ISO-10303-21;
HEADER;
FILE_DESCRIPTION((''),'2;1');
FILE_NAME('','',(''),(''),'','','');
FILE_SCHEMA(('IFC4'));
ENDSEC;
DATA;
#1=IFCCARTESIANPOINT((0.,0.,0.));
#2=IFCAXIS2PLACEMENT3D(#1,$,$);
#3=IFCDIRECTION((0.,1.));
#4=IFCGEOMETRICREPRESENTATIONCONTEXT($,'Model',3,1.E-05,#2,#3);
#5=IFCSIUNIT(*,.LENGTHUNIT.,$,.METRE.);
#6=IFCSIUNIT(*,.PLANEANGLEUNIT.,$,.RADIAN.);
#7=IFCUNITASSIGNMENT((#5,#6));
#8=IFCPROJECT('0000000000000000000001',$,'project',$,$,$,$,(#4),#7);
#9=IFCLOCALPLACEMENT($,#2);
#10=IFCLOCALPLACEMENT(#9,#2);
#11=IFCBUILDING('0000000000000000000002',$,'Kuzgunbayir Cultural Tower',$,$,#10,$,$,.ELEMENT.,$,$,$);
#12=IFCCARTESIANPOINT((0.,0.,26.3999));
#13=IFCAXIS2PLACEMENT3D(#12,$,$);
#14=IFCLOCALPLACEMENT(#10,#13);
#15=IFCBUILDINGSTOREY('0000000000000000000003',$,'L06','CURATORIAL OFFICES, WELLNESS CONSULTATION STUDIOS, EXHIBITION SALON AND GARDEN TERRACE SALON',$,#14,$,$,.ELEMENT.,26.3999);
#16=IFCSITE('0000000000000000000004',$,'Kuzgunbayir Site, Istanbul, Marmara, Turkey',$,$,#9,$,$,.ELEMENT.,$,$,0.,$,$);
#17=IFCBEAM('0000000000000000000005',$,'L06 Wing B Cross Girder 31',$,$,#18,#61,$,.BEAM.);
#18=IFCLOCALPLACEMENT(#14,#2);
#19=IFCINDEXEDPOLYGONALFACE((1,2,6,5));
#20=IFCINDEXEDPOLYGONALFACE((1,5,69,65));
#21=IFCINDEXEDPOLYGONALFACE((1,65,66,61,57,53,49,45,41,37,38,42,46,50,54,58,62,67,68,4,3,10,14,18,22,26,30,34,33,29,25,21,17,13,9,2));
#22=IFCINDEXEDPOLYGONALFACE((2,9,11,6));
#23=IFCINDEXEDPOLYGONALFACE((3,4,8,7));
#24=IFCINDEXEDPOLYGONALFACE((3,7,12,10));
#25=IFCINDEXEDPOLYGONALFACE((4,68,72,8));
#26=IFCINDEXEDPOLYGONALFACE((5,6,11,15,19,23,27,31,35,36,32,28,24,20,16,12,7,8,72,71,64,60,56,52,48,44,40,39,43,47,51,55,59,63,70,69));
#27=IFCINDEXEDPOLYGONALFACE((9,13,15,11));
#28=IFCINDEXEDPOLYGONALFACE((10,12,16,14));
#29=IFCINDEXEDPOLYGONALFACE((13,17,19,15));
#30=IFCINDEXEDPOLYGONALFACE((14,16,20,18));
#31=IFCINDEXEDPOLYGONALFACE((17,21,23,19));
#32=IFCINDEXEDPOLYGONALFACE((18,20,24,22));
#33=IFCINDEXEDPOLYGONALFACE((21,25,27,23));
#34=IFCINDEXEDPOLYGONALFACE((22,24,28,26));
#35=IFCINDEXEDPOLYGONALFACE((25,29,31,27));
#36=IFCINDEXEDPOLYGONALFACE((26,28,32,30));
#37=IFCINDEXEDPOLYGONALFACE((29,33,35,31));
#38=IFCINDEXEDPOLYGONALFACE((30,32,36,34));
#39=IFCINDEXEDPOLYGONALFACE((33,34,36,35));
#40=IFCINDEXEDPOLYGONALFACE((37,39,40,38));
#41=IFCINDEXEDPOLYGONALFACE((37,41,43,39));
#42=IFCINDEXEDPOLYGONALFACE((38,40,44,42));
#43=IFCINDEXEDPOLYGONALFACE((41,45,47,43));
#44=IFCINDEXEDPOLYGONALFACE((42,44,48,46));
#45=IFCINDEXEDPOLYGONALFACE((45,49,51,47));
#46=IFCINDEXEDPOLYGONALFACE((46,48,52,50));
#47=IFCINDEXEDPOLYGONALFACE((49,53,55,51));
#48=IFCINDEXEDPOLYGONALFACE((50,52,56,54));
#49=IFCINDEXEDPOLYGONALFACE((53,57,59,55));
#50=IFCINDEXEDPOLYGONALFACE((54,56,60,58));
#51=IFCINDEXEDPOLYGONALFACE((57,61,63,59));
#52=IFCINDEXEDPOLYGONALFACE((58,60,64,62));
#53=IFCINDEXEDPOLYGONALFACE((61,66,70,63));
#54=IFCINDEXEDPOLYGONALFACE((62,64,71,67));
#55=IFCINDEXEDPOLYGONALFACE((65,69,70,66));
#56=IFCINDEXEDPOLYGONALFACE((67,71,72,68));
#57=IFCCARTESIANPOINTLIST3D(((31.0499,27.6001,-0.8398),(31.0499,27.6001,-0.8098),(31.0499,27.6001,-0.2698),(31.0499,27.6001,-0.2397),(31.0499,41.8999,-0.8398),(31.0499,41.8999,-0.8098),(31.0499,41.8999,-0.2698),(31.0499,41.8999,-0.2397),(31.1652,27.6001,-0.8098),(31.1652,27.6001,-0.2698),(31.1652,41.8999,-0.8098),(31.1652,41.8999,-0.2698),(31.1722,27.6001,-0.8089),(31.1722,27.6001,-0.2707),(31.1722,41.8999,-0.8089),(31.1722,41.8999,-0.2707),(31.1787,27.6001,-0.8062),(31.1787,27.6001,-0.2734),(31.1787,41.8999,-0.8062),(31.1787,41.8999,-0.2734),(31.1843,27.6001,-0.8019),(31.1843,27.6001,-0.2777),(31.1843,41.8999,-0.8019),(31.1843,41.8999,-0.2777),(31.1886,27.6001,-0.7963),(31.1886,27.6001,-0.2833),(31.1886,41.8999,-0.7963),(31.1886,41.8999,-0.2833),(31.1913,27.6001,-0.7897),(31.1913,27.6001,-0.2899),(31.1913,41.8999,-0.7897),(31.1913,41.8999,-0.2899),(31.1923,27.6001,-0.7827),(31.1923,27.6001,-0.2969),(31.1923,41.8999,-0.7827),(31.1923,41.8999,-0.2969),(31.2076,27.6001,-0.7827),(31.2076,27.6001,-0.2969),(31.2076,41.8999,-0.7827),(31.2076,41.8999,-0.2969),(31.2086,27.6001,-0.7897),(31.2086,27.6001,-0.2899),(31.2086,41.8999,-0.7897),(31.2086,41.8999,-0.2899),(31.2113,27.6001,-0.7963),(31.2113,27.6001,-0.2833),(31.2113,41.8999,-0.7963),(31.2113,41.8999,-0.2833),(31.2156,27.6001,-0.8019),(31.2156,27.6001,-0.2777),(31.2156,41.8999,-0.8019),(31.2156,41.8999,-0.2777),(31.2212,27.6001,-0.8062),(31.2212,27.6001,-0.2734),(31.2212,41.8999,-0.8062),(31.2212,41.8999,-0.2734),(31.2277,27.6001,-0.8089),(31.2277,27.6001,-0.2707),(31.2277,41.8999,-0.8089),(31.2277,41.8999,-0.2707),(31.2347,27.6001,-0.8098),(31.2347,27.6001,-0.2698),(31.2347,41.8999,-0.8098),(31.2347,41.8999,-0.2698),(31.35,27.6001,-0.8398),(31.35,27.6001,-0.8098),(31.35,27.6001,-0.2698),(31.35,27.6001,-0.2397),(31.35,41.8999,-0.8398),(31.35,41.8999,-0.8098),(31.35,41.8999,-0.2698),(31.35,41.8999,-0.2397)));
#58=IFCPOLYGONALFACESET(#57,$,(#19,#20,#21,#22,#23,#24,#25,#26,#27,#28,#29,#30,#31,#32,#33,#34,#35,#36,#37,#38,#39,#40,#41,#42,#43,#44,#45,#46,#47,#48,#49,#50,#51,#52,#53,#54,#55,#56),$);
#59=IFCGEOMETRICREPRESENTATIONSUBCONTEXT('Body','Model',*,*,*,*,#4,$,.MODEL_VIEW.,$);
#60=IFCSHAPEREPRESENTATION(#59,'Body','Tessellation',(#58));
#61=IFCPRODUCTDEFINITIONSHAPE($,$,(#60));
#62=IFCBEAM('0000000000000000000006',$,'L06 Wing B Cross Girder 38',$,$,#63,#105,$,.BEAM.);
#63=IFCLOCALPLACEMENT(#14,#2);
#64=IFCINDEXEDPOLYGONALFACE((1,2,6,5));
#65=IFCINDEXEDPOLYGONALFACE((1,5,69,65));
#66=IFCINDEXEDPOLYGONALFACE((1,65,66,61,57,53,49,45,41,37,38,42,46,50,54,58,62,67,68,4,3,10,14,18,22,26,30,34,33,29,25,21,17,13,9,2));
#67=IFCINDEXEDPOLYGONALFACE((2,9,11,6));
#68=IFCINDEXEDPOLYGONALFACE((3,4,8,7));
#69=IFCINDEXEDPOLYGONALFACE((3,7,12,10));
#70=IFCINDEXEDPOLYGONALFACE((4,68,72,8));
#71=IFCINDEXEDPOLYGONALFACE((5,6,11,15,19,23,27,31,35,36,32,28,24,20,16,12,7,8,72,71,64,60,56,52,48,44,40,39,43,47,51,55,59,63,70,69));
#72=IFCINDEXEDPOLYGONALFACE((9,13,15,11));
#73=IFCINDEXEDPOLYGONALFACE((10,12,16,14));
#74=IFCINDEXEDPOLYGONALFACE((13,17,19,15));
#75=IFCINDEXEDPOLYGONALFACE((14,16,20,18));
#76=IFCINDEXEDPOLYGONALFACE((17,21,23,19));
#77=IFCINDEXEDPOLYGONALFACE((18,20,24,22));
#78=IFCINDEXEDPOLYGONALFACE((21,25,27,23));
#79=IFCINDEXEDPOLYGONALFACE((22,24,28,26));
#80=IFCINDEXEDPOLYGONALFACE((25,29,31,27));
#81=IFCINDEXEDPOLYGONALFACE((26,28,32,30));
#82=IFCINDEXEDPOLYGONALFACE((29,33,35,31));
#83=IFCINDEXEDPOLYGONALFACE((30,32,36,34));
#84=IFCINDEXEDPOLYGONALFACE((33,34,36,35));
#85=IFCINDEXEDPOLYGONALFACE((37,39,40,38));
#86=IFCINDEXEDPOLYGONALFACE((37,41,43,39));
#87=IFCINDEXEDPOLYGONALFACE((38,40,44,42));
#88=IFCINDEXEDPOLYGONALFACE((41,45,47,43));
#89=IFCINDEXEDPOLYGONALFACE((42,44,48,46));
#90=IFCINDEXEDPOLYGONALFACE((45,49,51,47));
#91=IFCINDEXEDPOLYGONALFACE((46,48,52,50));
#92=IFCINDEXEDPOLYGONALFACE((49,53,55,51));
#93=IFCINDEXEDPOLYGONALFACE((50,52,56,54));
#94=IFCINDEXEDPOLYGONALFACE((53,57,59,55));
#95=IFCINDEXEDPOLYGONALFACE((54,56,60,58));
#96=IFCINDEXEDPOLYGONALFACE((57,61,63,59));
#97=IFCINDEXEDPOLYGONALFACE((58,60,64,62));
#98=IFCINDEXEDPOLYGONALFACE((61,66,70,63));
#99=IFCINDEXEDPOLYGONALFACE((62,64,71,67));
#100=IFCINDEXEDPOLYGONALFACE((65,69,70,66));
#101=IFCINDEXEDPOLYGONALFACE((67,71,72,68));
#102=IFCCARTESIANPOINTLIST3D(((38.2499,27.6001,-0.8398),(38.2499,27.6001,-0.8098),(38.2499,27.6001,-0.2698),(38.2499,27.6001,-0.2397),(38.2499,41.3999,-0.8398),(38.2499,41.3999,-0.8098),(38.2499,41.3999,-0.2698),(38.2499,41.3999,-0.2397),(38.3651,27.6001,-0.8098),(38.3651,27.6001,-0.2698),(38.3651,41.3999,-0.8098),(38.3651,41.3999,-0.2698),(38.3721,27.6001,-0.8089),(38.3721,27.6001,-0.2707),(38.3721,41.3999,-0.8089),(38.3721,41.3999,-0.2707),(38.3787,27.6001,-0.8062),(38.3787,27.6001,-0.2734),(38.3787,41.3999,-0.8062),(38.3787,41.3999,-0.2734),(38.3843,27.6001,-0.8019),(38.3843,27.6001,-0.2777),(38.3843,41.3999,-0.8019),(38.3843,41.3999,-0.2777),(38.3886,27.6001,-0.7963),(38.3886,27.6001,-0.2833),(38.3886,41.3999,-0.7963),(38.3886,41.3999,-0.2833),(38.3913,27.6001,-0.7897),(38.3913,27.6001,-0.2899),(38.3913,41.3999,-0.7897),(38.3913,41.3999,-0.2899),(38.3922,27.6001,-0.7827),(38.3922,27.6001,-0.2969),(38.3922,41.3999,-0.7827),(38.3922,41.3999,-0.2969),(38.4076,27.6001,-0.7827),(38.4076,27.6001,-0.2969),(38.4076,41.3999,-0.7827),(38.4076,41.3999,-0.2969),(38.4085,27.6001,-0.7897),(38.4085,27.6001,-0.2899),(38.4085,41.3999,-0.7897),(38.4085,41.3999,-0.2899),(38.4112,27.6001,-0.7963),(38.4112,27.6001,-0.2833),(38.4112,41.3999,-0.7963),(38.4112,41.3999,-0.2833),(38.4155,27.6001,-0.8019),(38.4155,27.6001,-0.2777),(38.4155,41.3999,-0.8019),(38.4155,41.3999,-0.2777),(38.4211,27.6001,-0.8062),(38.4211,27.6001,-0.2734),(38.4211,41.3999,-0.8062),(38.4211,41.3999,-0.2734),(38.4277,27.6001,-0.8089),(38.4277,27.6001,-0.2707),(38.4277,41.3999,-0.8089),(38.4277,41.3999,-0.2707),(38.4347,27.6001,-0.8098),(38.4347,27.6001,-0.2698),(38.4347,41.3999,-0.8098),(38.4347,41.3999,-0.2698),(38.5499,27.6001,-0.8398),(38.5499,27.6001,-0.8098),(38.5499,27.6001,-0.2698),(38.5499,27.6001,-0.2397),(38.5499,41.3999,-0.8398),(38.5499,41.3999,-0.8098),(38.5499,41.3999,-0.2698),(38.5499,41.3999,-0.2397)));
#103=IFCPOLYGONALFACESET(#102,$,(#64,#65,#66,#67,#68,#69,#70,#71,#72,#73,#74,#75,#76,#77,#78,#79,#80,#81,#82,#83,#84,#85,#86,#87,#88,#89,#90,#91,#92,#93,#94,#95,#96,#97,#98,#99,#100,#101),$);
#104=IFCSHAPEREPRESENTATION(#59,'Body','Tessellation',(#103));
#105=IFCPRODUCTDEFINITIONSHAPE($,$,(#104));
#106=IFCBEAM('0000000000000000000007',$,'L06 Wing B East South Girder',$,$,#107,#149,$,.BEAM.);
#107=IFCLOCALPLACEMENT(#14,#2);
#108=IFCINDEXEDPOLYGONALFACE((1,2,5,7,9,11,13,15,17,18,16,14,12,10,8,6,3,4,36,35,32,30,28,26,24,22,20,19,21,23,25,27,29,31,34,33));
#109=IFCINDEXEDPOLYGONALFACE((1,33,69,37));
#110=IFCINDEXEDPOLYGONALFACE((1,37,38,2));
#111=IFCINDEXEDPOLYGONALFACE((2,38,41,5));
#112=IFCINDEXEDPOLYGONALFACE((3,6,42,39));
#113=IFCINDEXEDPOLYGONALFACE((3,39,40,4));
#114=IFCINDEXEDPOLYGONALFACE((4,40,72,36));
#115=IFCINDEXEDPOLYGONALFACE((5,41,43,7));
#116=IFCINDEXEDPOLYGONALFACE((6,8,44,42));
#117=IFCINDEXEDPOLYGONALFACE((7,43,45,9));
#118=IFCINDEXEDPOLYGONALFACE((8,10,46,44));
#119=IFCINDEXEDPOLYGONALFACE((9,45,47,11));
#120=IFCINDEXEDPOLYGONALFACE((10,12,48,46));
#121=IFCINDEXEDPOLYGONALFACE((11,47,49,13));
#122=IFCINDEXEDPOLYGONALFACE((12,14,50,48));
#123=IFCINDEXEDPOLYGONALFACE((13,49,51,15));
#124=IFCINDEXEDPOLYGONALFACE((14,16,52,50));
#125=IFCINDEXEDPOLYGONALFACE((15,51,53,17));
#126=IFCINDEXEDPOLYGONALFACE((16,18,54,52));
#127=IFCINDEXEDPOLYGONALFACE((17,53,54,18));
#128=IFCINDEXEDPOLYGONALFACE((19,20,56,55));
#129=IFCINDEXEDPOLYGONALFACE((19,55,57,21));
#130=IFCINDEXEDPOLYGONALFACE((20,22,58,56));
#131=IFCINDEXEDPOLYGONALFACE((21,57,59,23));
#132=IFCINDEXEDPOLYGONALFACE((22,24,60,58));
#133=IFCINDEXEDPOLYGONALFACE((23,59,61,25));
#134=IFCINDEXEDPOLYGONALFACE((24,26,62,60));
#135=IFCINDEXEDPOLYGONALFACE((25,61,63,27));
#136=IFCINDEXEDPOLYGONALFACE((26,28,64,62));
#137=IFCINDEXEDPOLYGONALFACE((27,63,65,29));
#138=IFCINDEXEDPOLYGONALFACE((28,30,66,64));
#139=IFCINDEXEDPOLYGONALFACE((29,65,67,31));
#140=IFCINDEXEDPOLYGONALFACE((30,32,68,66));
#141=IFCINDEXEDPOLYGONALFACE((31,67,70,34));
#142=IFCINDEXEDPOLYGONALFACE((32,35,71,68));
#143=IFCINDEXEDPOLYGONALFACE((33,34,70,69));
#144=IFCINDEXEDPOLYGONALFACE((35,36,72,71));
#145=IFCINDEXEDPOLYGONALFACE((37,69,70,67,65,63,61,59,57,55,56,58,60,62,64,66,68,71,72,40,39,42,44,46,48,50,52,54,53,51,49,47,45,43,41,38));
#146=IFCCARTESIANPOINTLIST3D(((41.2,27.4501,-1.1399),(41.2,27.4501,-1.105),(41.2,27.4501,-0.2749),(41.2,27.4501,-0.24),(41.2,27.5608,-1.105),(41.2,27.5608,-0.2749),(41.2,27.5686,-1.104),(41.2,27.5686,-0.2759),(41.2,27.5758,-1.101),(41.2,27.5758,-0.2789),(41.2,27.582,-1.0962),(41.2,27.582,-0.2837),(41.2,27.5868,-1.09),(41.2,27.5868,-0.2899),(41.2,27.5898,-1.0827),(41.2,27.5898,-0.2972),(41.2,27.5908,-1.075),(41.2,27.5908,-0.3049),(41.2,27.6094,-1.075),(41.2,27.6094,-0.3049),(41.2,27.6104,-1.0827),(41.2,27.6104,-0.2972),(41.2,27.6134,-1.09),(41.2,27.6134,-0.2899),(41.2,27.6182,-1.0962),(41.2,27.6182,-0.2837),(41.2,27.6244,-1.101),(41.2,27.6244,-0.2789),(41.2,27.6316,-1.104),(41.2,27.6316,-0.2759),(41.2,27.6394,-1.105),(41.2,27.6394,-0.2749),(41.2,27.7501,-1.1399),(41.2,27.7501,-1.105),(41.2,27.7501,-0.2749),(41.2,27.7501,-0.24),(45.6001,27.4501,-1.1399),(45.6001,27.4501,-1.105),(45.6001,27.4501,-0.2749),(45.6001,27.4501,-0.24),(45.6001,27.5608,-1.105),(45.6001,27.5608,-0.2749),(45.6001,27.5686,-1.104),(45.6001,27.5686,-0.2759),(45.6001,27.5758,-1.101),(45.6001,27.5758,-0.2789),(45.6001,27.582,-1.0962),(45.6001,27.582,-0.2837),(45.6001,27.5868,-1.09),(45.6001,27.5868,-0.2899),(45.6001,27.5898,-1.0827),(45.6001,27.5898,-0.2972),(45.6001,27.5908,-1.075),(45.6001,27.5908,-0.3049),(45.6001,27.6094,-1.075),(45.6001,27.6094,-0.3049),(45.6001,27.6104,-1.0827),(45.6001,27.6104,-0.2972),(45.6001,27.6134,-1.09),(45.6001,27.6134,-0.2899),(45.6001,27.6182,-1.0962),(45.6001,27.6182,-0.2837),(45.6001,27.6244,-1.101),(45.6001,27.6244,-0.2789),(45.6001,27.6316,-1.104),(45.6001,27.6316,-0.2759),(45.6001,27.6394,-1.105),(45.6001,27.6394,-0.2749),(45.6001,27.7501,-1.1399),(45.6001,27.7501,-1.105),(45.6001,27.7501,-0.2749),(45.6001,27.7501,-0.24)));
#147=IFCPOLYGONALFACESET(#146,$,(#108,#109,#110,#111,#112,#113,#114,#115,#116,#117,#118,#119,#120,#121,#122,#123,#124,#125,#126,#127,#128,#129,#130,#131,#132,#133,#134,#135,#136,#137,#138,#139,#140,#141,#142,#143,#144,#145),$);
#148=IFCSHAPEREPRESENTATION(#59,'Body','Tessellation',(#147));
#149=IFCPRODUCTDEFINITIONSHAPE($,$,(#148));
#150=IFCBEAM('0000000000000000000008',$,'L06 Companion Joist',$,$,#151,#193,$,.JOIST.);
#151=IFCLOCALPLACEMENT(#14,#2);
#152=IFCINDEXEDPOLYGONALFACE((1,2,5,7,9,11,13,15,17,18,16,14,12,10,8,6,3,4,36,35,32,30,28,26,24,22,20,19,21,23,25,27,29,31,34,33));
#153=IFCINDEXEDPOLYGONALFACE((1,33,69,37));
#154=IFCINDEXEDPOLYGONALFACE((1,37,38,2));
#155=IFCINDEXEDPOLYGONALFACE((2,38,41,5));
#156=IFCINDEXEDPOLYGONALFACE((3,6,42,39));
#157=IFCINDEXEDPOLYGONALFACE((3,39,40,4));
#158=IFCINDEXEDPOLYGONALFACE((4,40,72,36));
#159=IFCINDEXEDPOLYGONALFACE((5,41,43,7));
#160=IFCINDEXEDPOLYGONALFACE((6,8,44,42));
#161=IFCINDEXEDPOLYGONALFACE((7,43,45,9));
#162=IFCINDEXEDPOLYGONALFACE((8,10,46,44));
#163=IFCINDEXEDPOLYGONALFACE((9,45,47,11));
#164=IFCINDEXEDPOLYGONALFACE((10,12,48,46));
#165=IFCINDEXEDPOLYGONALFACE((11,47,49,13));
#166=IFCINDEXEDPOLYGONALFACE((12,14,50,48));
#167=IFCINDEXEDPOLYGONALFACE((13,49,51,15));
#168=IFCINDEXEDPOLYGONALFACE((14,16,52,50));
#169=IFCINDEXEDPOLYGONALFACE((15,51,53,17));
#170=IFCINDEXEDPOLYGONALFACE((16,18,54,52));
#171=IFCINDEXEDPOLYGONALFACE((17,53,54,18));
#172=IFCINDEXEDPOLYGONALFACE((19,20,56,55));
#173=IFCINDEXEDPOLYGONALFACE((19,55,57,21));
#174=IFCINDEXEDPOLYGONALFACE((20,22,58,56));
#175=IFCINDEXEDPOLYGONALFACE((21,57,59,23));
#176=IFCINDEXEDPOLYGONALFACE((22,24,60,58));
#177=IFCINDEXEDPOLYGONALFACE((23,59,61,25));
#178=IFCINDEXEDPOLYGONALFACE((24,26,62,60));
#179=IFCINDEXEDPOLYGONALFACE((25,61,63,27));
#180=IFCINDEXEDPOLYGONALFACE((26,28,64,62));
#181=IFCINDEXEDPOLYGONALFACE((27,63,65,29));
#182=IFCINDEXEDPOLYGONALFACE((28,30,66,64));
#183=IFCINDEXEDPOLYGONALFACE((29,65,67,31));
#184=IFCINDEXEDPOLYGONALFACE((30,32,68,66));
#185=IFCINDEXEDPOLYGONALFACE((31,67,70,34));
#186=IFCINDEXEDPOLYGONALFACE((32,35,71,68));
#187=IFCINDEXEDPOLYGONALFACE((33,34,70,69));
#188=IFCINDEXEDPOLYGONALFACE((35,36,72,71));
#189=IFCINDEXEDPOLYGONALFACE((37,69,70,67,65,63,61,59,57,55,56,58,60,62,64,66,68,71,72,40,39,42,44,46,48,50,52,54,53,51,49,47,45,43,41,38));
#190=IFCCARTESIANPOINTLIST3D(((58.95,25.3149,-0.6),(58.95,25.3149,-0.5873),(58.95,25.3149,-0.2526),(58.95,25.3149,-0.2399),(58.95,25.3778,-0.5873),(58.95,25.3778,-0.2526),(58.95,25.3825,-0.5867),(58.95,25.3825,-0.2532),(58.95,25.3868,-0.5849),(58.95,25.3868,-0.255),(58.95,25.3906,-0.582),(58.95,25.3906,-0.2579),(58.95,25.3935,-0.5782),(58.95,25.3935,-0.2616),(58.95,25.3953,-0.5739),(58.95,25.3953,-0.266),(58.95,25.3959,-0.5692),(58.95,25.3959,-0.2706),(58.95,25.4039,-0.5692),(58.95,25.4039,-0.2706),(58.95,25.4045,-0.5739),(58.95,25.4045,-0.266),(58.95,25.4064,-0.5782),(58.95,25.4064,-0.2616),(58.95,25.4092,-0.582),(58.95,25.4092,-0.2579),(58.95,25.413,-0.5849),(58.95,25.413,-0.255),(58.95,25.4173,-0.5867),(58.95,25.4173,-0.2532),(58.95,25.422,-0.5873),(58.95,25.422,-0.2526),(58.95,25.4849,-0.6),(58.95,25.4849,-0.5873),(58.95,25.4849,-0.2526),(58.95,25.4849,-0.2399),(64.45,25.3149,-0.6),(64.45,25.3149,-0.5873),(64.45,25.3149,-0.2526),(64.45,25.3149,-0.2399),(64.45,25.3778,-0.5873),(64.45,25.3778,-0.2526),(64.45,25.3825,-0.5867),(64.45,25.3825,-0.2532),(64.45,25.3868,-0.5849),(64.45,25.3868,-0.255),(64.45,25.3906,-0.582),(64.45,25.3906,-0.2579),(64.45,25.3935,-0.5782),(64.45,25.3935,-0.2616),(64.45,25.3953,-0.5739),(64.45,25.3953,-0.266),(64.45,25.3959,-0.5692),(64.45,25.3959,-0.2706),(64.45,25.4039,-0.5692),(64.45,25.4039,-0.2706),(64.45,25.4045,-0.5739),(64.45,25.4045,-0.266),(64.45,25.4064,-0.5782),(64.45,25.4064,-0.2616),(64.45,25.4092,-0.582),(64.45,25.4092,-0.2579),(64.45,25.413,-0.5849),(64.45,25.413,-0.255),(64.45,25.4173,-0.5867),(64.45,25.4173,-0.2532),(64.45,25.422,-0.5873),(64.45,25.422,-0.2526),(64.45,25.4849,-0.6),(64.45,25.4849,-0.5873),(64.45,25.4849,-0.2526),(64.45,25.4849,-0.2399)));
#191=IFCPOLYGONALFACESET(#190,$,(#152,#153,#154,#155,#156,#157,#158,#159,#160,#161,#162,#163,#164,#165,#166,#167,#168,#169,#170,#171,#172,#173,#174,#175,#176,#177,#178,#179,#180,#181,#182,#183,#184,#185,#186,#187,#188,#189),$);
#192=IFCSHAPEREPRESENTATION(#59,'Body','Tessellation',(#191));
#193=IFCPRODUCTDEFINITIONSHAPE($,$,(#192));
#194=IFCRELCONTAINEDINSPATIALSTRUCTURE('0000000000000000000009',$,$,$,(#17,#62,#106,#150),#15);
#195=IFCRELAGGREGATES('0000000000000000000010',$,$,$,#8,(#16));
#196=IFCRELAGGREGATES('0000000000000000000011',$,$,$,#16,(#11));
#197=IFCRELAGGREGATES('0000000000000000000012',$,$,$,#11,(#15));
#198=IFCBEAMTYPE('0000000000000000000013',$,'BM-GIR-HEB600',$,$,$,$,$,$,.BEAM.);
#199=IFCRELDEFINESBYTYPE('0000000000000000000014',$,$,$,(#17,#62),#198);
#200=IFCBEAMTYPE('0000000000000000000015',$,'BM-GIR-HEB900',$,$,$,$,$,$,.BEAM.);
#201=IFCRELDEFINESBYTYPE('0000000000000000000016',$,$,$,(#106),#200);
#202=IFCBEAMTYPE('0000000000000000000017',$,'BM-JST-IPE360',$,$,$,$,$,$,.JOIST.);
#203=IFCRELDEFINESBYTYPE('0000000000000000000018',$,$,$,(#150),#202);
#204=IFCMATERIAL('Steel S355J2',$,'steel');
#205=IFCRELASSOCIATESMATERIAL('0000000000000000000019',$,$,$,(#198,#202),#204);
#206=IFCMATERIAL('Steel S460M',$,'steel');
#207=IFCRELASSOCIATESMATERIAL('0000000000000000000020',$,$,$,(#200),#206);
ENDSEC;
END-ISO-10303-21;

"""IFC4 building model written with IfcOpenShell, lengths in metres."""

from ifc_helpers import new_model, si_unit, direction, frame, origin, origin_2d, place, context, subcontext, project, spatial, i_section, extrude, material, material_profile, profile_set, type_object, element, save


model = new_model("IFC4")

# Units and contexts
model_context = context("Model", 3, precision=1e-05, world=origin(), true_north=direction((0.0, 1.0)))
body_context = subcontext(model_context, "Body", "Model", "MODEL_VIEW")
ifc_project = project(units=[si_unit("LENGTHUNIT", "METRE"), si_unit("PLANEANGLEUNIT", "RADIAN")], contexts=[model_context])

# Site, building, storey
site_placement = place(None, origin())
site = spatial("IfcSite", under=ifc_project, at=site_placement, Name="Kuzgunbayir Site, Istanbul, Marmara, Turkey", CompositionType="ELEMENT", RefElevation=0.0)
building_placement = place(site_placement, origin())
building = spatial("IfcBuilding", under=site, at=building_placement, Name="Kuzgunbayir Cultural Tower", CompositionType="ELEMENT")
storey_placement = place(building_placement, frame((0.0, 0.0, 26.3999)))
storey = spatial("IfcBuildingStorey", under=building, at=storey_placement, Name="L06", Description="CURATORIAL OFFICES, WELLNESS CONSULTATION STUDIOS, EXHIBITION SALON AND GARDEN TERRACE SALON", CompositionType="ELEMENT", Elevation=26.3999)

# Beams
ifc_material_1 = material(Name="Steel S355J2", Category="steel")
ifc_material_profile_1 = material_profile(ifc_material_1, i_section(OverallWidth=0.3, OverallDepth=0.6001, WebThickness=0.0154, FlangeThickness=0.03, FilletRadius=0.0271, at=origin_2d()), Name="HEB 600")
ifc_profile_set_1 = profile_set([ifc_material_profile_1], Name="Steel S355J2")
beam_type_1 = type_object("IfcBeamType", Name="BM-GIR-HEB600", PredefinedType="BEAM", material=ifc_profile_set_1)
beam_1_placement = place(storey_placement, frame((31.2, 27.6001, -0.5398), z_axis=(0.0, 1.0, 0.0), x_axis=(-1.0, 0.0, 0.0)))
element("IfcBeam", 1, at=beam_1_placement, inside=storey, type_object=beam_type_1, Name="L06 Wing B Cross Girder 31", PredefinedType="BEAM", context=body_context, shape_type="SweptSolid", body=[
    extrude(i_section(OverallWidth=0.3, OverallDepth=0.6001, WebThickness=0.0154, FlangeThickness=0.03, FilletRadius=0.0271, at=origin_2d()), origin(), (0.0, 0.0, 1.0), 14.2998),
])
beam_2_placement = place(storey_placement, frame((38.3999, 27.6001, -0.5398), z_axis=(0.0, 1.0, 0.0), x_axis=(-1.0, 0.0, 0.0)))
element("IfcBeam", 2, at=beam_2_placement, inside=storey, type_object=beam_type_1, Name="L06 Wing B Cross Girder 38", PredefinedType="BEAM", context=body_context, shape_type="SweptSolid", body=[
    extrude(i_section(OverallWidth=0.3, OverallDepth=0.6001, WebThickness=0.0154, FlangeThickness=0.03, FilletRadius=0.0271, at=origin_2d()), origin(), (0.0, 0.0, 1.0), 13.7998),
])
ifc_material_2 = material(Name="Steel S460M", Category="steel")
ifc_material_profile_2 = material_profile(ifc_material_2, i_section(OverallWidth=0.3, OverallDepth=0.8999, WebThickness=0.0186, FlangeThickness=0.0349, FilletRadius=0.03, at=origin_2d()), Name="HEB 900")
ifc_profile_set_2 = profile_set([ifc_material_profile_2], Name="Steel S460M")
beam_type_2 = type_object("IfcBeamType", Name="BM-GIR-HEB900", PredefinedType="BEAM", material=ifc_profile_set_2)
beam_3_placement = place(storey_placement, frame((41.2, 27.6001, -0.6899), z_axis=(1.0, 0.0, 0.0), x_axis=(0.0, 1.0, 0.0)))
element("IfcBeam", 3, at=beam_3_placement, inside=storey, type_object=beam_type_2, Name="L06 Wing B East South Girder", PredefinedType="BEAM", context=body_context, shape_type="SweptSolid", body=[
    extrude(i_section(OverallWidth=0.3, OverallDepth=0.8999, WebThickness=0.0186, FlangeThickness=0.0349, FilletRadius=0.03, at=origin_2d()), origin(), (0.0, 0.0, 1.0), 4.4001),
])
ifc_material_profile_3 = material_profile(ifc_material_1, i_section(OverallWidth=0.1699, OverallDepth=0.3601, WebThickness=0.0081, FlangeThickness=0.0127, FilletRadius=0.0181, at=origin_2d()), Name="IPE 360")
ifc_profile_set_3 = profile_set([ifc_material_profile_3], Name="Steel S355J2")
beam_type_3 = type_object("IfcBeamType", Name="BM-JST-IPE360", PredefinedType="JOIST", material=ifc_profile_set_3)
beam_4_placement = place(storey_placement, frame((58.95, 25.3999, -0.4199), z_axis=(1.0, 0.0, 0.0), x_axis=(0.0, 1.0, 0.0)))
element("IfcBeam", 4, at=beam_4_placement, inside=storey, type_object=beam_type_3, Name="L06 Companion Joist", PredefinedType="JOIST", context=body_context, shape_type="SweptSolid", body=[
    extrude(i_section(OverallWidth=0.1699, OverallDepth=0.3601, WebThickness=0.0081, FlangeThickness=0.0127, FilletRadius=0.0181, at=origin_2d()), origin(), (0.0, 0.0, 1.0), 5.5),
])

save(model, "model.ifc")
